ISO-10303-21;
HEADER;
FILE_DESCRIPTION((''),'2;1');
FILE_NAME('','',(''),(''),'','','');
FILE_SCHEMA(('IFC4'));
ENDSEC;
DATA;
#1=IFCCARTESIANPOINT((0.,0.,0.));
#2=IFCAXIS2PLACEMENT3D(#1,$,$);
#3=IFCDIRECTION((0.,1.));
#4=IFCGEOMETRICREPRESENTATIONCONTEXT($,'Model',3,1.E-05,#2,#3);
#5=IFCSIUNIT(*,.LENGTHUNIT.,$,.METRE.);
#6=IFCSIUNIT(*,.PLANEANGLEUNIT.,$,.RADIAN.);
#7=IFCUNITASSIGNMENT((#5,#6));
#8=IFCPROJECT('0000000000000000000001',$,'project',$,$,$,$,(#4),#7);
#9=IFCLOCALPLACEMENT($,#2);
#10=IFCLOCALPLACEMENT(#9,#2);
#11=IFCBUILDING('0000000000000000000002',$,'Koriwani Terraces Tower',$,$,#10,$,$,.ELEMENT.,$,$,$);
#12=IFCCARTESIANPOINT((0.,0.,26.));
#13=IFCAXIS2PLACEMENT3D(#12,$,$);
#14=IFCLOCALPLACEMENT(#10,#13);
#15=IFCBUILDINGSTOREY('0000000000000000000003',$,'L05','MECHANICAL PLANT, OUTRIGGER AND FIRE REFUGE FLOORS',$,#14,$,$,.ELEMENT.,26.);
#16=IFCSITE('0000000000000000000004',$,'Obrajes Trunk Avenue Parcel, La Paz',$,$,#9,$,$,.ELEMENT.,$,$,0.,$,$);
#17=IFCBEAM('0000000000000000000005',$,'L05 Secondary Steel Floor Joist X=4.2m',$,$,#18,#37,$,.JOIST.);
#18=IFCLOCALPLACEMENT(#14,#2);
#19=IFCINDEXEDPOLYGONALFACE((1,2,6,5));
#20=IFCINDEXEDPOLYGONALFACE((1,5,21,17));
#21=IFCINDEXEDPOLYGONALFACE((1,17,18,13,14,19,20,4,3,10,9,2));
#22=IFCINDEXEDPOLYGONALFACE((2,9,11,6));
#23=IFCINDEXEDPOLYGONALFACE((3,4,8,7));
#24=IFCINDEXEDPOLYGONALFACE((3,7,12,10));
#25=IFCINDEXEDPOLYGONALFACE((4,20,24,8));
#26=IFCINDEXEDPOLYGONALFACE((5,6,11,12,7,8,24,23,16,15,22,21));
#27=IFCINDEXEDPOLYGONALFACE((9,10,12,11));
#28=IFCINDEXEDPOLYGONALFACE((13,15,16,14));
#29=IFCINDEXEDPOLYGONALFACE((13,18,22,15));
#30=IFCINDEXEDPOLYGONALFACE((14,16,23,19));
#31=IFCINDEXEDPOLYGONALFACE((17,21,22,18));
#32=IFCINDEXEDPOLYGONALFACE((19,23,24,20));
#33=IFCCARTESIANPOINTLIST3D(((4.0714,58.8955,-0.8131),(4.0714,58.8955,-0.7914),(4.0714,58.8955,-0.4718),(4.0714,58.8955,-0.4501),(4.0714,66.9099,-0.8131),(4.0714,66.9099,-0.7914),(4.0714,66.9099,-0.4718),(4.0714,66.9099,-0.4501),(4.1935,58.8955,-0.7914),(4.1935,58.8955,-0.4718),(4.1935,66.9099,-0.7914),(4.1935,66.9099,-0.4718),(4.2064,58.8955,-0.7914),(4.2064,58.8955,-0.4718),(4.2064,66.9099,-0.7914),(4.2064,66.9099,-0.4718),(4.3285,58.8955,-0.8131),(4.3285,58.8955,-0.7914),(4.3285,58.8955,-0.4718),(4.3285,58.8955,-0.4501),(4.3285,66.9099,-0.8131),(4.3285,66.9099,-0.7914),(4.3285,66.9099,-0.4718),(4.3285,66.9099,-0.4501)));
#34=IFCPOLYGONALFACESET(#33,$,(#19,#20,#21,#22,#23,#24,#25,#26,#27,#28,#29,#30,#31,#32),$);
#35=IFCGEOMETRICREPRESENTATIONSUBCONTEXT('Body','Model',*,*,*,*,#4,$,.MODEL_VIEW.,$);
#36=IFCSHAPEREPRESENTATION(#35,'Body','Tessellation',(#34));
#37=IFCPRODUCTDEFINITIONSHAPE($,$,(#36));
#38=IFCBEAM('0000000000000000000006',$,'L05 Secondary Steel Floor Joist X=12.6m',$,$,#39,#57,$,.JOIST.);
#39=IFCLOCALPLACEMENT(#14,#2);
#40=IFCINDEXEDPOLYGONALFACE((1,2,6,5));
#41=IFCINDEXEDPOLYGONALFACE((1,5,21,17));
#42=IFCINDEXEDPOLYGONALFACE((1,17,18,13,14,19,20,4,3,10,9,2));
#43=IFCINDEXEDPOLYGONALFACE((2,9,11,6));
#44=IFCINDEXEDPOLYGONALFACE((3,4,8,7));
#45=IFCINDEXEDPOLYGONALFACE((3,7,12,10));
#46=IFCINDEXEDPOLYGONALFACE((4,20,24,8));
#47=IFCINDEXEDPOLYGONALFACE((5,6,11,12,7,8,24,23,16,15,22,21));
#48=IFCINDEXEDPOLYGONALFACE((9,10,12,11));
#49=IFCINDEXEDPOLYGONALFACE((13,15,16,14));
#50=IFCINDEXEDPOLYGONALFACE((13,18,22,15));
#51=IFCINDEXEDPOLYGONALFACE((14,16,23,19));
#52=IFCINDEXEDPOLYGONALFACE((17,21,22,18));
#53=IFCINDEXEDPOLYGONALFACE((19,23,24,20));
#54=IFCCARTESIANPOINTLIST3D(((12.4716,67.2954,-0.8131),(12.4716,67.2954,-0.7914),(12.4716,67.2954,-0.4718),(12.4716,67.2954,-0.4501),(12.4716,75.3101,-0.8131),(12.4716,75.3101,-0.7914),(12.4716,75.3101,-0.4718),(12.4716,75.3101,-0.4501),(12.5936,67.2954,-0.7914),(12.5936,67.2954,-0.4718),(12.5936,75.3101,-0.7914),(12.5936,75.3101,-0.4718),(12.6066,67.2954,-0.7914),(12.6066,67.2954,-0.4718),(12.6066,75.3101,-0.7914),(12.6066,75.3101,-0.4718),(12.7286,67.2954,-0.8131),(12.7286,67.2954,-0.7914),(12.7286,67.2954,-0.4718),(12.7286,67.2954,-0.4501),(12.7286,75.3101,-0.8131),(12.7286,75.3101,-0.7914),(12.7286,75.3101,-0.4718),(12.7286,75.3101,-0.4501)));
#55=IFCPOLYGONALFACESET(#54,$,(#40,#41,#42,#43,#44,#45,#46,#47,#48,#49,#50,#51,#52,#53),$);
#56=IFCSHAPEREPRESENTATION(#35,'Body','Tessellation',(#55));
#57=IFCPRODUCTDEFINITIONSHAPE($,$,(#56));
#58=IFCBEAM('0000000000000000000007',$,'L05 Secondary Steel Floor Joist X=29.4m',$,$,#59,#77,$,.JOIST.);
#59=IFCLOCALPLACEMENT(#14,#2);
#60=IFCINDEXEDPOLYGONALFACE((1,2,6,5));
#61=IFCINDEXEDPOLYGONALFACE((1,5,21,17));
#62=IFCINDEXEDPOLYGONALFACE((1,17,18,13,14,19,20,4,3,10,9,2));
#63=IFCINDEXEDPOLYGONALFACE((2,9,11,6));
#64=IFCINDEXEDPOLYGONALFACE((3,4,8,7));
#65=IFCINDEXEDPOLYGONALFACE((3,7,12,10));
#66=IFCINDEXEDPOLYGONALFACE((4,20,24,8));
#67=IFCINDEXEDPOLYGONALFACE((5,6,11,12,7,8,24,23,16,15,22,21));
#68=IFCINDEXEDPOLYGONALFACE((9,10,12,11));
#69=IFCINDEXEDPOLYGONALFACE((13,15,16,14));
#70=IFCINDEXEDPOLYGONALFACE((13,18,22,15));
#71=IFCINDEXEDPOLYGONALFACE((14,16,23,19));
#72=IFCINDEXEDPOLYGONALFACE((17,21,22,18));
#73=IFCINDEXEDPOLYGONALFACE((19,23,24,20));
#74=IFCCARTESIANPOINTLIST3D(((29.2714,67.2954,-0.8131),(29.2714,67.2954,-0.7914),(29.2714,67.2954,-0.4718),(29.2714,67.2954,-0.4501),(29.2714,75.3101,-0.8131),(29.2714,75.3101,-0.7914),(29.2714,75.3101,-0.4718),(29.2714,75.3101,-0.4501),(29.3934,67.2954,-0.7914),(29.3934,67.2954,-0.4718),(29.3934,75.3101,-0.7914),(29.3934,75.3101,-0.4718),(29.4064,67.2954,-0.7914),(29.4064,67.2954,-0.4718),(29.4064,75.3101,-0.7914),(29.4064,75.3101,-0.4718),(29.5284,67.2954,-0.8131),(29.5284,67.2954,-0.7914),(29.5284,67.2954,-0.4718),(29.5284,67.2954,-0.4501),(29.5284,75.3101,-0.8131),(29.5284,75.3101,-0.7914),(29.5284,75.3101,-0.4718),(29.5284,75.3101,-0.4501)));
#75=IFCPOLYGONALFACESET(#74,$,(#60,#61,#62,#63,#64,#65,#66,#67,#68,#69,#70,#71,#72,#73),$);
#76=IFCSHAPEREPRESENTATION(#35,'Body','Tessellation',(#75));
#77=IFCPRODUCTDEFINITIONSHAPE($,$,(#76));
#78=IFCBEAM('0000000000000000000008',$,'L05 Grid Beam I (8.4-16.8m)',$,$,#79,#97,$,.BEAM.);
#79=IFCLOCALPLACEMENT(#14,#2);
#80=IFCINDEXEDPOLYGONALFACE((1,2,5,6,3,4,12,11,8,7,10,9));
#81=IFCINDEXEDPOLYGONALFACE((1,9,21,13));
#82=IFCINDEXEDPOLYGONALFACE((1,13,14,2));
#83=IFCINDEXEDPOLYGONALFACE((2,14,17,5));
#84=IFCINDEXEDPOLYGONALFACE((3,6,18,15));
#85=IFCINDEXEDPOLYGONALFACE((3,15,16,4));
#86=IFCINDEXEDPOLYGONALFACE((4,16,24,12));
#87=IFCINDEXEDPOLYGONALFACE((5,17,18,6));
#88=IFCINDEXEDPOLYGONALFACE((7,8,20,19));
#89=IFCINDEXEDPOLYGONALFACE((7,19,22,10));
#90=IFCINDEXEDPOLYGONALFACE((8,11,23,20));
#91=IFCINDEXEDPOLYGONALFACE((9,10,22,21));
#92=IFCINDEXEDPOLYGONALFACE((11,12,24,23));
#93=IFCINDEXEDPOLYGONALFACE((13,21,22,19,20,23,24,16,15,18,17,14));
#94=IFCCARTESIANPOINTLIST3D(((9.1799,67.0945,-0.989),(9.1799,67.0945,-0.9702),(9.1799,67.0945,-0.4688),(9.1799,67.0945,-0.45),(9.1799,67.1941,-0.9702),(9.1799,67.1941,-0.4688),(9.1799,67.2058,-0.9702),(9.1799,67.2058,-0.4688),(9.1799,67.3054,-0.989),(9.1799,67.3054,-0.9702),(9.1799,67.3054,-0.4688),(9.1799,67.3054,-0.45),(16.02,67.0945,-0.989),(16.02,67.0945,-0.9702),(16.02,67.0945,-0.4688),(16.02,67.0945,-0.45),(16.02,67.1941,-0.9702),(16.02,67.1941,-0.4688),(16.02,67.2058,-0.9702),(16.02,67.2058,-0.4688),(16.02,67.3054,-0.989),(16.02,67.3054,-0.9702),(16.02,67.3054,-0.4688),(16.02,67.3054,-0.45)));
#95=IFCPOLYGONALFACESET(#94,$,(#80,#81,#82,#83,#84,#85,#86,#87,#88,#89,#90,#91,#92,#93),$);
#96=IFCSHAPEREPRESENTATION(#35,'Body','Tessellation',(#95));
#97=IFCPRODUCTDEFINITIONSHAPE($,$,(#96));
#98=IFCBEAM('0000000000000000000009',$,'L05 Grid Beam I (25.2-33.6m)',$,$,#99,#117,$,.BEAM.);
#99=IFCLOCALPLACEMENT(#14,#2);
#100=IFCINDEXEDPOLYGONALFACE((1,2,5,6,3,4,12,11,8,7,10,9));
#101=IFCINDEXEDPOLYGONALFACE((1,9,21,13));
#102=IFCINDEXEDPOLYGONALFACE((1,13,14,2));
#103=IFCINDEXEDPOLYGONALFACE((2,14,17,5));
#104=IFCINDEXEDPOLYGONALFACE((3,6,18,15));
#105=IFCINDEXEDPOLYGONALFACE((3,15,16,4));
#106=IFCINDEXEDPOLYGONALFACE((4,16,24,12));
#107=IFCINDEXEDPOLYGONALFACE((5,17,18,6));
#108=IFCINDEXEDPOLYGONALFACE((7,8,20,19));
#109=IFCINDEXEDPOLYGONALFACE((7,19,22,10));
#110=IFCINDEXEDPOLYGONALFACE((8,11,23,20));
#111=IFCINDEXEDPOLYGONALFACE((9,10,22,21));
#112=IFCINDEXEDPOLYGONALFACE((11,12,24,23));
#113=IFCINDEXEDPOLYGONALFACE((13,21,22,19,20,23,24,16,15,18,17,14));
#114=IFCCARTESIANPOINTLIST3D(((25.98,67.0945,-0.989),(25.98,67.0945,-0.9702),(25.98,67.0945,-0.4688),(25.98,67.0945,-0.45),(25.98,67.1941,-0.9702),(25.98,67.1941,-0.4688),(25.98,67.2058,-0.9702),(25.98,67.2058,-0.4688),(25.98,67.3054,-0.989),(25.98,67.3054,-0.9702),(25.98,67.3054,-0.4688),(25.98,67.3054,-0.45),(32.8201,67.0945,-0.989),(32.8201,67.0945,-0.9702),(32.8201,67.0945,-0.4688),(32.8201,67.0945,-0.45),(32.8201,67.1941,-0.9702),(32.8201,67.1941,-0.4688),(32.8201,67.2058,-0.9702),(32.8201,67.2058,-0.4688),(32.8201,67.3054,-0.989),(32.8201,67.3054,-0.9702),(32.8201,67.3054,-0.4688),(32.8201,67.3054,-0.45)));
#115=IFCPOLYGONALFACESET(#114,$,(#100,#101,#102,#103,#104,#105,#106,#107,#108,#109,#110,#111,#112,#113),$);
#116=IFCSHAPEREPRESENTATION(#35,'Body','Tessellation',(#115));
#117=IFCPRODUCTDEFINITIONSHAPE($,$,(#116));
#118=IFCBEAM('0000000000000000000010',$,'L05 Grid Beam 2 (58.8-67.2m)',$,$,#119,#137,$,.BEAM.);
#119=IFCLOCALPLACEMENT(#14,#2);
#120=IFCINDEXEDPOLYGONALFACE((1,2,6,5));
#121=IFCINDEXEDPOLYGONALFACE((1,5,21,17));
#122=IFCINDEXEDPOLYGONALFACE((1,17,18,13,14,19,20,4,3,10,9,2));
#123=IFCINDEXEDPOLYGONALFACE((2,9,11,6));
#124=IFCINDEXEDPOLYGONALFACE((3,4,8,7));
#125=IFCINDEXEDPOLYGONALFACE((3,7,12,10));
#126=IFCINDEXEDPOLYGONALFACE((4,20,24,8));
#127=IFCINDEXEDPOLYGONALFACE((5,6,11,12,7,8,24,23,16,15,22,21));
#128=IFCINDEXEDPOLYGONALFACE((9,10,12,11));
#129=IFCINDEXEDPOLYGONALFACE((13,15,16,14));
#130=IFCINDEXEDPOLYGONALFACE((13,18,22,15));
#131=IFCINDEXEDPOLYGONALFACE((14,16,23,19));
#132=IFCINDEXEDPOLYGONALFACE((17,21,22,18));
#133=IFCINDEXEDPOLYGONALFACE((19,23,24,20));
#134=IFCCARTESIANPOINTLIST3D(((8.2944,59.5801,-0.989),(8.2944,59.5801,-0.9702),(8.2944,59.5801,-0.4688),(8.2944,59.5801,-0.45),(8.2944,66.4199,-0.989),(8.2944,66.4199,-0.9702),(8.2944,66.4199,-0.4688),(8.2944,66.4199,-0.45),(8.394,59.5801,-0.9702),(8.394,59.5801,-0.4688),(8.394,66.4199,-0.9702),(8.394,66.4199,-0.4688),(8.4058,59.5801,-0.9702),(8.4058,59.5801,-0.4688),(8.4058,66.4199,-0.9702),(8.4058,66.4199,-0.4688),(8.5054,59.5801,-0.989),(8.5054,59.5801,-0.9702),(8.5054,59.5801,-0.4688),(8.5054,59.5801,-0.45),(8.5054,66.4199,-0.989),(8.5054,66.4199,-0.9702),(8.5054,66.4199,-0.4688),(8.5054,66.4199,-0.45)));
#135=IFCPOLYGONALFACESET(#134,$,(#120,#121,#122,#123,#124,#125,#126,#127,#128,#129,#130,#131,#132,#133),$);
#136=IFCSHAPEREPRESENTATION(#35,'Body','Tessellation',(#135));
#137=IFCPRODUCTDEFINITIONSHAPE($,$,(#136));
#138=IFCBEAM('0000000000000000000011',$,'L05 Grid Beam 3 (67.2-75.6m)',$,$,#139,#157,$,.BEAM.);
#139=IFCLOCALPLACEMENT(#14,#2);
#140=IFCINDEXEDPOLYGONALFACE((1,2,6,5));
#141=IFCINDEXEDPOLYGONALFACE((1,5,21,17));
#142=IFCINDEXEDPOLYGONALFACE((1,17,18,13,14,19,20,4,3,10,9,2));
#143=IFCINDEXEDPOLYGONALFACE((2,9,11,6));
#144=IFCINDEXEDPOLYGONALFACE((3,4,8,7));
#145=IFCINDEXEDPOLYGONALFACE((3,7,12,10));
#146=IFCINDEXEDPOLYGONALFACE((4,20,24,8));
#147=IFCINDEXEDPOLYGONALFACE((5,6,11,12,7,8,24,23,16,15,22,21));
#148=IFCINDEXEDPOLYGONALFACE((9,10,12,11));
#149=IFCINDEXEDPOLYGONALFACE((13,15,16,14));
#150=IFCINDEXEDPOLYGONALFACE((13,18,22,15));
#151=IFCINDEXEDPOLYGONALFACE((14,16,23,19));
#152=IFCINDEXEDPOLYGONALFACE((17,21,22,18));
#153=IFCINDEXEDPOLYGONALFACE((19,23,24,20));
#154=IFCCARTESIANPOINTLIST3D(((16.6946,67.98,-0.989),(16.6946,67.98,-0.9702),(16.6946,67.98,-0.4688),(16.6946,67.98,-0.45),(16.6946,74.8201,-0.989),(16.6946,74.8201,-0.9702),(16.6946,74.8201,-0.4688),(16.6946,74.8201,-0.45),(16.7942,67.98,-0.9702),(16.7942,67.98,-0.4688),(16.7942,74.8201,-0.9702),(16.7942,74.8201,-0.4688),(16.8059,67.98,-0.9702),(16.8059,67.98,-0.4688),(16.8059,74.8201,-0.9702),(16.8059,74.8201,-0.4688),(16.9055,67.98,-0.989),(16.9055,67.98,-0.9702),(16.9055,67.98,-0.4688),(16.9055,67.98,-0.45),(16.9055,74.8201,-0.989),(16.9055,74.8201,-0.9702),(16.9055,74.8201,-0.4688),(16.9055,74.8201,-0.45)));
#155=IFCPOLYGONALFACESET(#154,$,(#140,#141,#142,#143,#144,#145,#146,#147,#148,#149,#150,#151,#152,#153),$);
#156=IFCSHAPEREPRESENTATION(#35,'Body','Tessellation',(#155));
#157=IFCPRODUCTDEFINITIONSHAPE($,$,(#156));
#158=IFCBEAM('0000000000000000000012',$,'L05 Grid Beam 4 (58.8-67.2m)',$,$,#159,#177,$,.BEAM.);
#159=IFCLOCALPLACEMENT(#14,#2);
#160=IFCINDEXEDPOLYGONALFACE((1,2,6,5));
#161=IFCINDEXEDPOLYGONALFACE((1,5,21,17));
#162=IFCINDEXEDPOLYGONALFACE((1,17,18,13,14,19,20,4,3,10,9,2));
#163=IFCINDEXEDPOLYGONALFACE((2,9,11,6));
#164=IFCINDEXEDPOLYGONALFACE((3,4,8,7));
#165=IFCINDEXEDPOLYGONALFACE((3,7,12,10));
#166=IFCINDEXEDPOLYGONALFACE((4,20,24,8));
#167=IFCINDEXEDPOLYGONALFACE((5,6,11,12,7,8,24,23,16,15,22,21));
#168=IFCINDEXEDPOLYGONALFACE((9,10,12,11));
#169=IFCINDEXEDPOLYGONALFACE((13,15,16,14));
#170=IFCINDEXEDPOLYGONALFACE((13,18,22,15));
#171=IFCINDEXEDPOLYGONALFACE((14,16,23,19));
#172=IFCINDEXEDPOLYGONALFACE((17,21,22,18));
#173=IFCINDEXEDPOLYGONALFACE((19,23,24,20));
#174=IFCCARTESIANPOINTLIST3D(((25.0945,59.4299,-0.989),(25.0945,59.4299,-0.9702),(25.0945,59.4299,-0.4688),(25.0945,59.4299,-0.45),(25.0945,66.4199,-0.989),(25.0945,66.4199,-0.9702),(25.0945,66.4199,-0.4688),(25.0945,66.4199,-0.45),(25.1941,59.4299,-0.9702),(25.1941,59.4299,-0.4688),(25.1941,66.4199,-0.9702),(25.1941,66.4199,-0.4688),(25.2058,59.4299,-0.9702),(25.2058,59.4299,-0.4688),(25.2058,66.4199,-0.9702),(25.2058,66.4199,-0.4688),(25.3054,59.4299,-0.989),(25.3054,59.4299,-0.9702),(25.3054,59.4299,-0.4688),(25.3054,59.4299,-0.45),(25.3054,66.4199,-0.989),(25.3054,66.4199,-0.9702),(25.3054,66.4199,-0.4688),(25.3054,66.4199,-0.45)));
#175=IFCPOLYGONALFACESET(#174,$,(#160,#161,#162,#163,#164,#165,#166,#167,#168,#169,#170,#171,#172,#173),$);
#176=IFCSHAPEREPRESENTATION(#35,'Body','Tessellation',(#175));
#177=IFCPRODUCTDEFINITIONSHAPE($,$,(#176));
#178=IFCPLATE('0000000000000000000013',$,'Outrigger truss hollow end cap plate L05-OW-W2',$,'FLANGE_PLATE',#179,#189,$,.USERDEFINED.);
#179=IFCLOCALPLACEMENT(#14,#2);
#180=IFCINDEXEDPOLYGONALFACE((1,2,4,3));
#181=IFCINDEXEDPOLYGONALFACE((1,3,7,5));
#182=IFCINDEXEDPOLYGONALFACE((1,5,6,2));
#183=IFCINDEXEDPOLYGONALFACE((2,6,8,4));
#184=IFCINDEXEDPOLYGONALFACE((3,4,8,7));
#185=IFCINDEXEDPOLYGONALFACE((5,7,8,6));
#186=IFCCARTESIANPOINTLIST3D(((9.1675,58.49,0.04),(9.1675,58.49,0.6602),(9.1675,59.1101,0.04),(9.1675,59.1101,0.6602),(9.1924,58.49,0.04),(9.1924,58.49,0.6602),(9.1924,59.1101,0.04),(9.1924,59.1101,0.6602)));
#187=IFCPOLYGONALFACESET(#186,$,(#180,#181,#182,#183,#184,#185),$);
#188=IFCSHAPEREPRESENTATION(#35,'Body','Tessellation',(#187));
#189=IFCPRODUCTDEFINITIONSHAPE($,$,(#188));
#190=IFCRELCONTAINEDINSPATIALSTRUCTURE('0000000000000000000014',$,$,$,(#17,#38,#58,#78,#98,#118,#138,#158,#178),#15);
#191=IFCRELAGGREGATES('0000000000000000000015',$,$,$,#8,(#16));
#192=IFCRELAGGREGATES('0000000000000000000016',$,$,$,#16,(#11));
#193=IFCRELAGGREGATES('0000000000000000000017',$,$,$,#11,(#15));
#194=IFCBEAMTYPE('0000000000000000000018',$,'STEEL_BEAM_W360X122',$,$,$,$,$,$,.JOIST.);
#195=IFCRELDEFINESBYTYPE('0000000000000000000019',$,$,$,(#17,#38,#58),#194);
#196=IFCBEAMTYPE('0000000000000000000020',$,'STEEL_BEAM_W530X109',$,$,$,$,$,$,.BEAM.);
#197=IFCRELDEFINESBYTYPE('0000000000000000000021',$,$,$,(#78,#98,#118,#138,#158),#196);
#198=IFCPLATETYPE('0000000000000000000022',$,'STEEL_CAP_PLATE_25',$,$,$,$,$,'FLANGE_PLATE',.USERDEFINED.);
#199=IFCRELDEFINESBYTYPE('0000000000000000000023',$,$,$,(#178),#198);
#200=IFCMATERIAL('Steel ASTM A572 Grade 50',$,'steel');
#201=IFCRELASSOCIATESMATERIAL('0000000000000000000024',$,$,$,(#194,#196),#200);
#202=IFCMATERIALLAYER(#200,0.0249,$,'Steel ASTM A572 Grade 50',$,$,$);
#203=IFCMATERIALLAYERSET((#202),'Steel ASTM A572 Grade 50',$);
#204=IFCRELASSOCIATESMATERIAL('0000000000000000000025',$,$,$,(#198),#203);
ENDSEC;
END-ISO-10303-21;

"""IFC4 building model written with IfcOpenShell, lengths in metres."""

from ifc_helpers import new_model, si_unit, direction, frame, origin, origin_2d, place, context, subcontext, project, spatial, rectangle, i_section, extrude, material, layer, layer_set, material_profile, profile_set, type_object, element, save


model = new_model("IFC4")

# Units and contexts
model_context = context("Model", 3, precision=1e-05, world=origin(), true_north=direction((0.0, 1.0)))
body_context = subcontext(model_context, "Body", "Model", "MODEL_VIEW")
ifc_project = project(units=[si_unit("LENGTHUNIT", "METRE"), si_unit("PLANEANGLEUNIT", "RADIAN")], contexts=[model_context])

# Site, building, storey
site_placement = place(None, origin())
site = spatial("IfcSite", under=ifc_project, at=site_placement, Name="Obrajes Trunk Avenue Parcel, La Paz", CompositionType="ELEMENT", RefElevation=0.0)
building_placement = place(site_placement, origin())
building = spatial("IfcBuilding", under=site, at=building_placement, Name="Koriwani Terraces Tower", CompositionType="ELEMENT")
storey_placement = place(building_placement, frame((0.0, 0.0, 26.0)))
storey = spatial("IfcBuildingStorey", under=building, at=storey_placement, Name="L05", Description="MECHANICAL PLANT, OUTRIGGER AND FIRE REFUGE FLOORS", CompositionType="ELEMENT", Elevation=26.0)

# Shared definitions
ifc_material_1 = material(Name="Steel ASTM A572 Grade 50", Category="steel")

# Beams
ifc_material_profile_1 = material_profile(ifc_material_1, i_section(OverallWidth=0.2571, OverallDepth=0.363, WebThickness=0.0129, FlangeThickness=0.0217, at=origin_2d()), Name="Steel ASTM A572 Grade 50", Category="LoadBearing")
ifc_profile_set_1 = profile_set([ifc_material_profile_1], Name="Steel ASTM A572 Grade 50")
beam_type_1 = type_object("IfcBeamType", Name="STEEL_BEAM_W360X122", PredefinedType="JOIST", material=ifc_profile_set_1)
beam_1_placement = place(storey_placement, frame((4.2, 58.8955, -0.6316), z_axis=(0.0, 1.0, 0.0), x_axis=(-1.0, 0.0, 0.0)))
element("IfcBeam", 1, at=beam_1_placement, inside=storey, type_object=beam_type_1, Name="L05 Secondary Steel Floor Joist X=4.2m", PredefinedType="JOIST", context=body_context, shape_type="SweptSolid", body=[
    extrude(i_section(OverallWidth=0.2571, OverallDepth=0.363, WebThickness=0.0129, FlangeThickness=0.0217, at=origin_2d()), origin(), (0.0, 0.0, 1.0), 8.0144),
])
for number, where, z_axis, x_axis, name in (
    (2, (12.6001, 67.2954, -0.6316), (0.0, 1.0, 0.0), (-1.0, 0.0, 0.0), "L05 Secondary Steel Floor Joist X=12.6m"),
    (3, (29.3999, 67.2954, -0.6316), (0.0, 1.0, 0.0), (-1.0, 0.0, 0.0), "L05 Secondary Steel Floor Joist X=29.4m"),
):
    element("IfcBeam", number, at=place(storey_placement, frame(where, z_axis=z_axis, x_axis=x_axis)), inside=storey, type_object=beam_type_1, Name=name, PredefinedType="JOIST", context=body_context, shape_type="SweptSolid", body=[
        extrude(i_section(OverallWidth=0.2571, OverallDepth=0.363, WebThickness=0.0129, FlangeThickness=0.0217, at=origin_2d()), origin(), (0.0, 0.0, 1.0), 8.0146),
    ])
ifc_material_profile_2 = material_profile(ifc_material_1, i_section(OverallWidth=0.2109, OverallDepth=0.5391, WebThickness=0.0117, FlangeThickness=0.0188, at=origin_2d()), Name="Steel ASTM A572 Grade 50", Category="LoadBearing")
ifc_profile_set_2 = profile_set([ifc_material_profile_2], Name="Steel ASTM A572 Grade 50")
beam_type_2 = type_object("IfcBeamType", Name="STEEL_BEAM_W530X109", PredefinedType="BEAM", material=ifc_profile_set_2)
for number, where, z_axis, x_axis, name in (
    (4, (9.1799, 67.2, -0.7195), (1.0, 0.0, 0.0), (0.0, 1.0, 0.0), "L05 Grid Beam I (8.4-16.8m)"),
    (5, (25.98, 67.2, -0.7195), (1.0, 0.0, 0.0), (0.0, 1.0, 0.0), "L05 Grid Beam I (25.2-33.6m)"),
):
    element("IfcBeam", number, at=place(storey_placement, frame(where, z_axis=z_axis, x_axis=x_axis)), inside=storey, type_object=beam_type_2, Name=name, PredefinedType="BEAM", context=body_context, shape_type="SweptSolid", body=[
        extrude(i_section(OverallWidth=0.2109, OverallDepth=0.5391, WebThickness=0.0117, FlangeThickness=0.0188, at=origin_2d()), origin(), (0.0, 0.0, 1.0), 6.8401),
    ])
beam_2_placement = place(storey_placement, frame((8.3999, 59.5801, -0.7195), z_axis=(0.0, 1.0, 0.0), x_axis=(-1.0, 0.0, 0.0)))
element("IfcBeam", 6, at=beam_2_placement, inside=storey, type_object=beam_type_2, Name="L05 Grid Beam 2 (58.8-67.2m)", PredefinedType="BEAM", context=body_context, shape_type="SweptSolid", body=[
    extrude(i_section(OverallWidth=0.2109, OverallDepth=0.5391, WebThickness=0.0117, FlangeThickness=0.0188, at=origin_2d()), origin(), (0.0, 0.0, 1.0), 6.8398),
])
beam_3_placement = place(storey_placement, frame((16.8, 67.98, -0.7195), z_axis=(0.0, 1.0, 0.0), x_axis=(-1.0, 0.0, 0.0)))
element("IfcBeam", 7, at=beam_3_placement, inside=storey, type_object=beam_type_2, Name="L05 Grid Beam 3 (67.2-75.6m)", PredefinedType="BEAM", context=body_context, shape_type="SweptSolid", body=[
    extrude(i_section(OverallWidth=0.2109, OverallDepth=0.5391, WebThickness=0.0117, FlangeThickness=0.0188, at=origin_2d()), origin(), (0.0, 0.0, 1.0), 6.8401),
])
beam_4_placement = place(storey_placement, frame((25.2, 59.4299, -0.7195), z_axis=(0.0, 1.0, 0.0), x_axis=(-1.0, 0.0, 0.0)))
element("IfcBeam", 8, at=beam_4_placement, inside=storey, type_object=beam_type_2, Name="L05 Grid Beam 4 (58.8-67.2m)", PredefinedType="BEAM", context=body_context, shape_type="SweptSolid", body=[
    extrude(i_section(OverallWidth=0.2109, OverallDepth=0.5391, WebThickness=0.0117, FlangeThickness=0.0188, at=origin_2d()), origin(), (0.0, 0.0, 1.0), 6.99),
])

# Plate
ifc_layer_1 = layer(ifc_material_1, 0.0249, Name="Steel ASTM A572 Grade 50")
ifc_layer_set_1 = layer_set([ifc_layer_1], Name="Steel ASTM A572 Grade 50")
plate_type_1 = type_object("IfcPlateType", Name="STEEL_CAP_PLATE_25", ElementType="FLANGE_PLATE", PredefinedType="USERDEFINED", material=ifc_layer_set_1)
plate_placement = place(storey_placement, frame((9.1799, 58.8, 0.04), z_axis=(0.0, 0.0, 1.0), x_axis=(1.0, 0.0, 0.0)))
element("IfcPlate", 9, at=plate_placement, inside=storey, type_object=plate_type_1, Name="Outrigger truss hollow end cap plate L05-OW-W2", ObjectType="FLANGE_PLATE", PredefinedType="USERDEFINED", context=body_context, shape_type="SweptSolid", body=[
    extrude(rectangle(XDim=0.0249, YDim=0.6201, at=origin_2d()), origin(), (0.0, 0.0, 1.0), 0.6201),
])

save(model, "model.ifc")
